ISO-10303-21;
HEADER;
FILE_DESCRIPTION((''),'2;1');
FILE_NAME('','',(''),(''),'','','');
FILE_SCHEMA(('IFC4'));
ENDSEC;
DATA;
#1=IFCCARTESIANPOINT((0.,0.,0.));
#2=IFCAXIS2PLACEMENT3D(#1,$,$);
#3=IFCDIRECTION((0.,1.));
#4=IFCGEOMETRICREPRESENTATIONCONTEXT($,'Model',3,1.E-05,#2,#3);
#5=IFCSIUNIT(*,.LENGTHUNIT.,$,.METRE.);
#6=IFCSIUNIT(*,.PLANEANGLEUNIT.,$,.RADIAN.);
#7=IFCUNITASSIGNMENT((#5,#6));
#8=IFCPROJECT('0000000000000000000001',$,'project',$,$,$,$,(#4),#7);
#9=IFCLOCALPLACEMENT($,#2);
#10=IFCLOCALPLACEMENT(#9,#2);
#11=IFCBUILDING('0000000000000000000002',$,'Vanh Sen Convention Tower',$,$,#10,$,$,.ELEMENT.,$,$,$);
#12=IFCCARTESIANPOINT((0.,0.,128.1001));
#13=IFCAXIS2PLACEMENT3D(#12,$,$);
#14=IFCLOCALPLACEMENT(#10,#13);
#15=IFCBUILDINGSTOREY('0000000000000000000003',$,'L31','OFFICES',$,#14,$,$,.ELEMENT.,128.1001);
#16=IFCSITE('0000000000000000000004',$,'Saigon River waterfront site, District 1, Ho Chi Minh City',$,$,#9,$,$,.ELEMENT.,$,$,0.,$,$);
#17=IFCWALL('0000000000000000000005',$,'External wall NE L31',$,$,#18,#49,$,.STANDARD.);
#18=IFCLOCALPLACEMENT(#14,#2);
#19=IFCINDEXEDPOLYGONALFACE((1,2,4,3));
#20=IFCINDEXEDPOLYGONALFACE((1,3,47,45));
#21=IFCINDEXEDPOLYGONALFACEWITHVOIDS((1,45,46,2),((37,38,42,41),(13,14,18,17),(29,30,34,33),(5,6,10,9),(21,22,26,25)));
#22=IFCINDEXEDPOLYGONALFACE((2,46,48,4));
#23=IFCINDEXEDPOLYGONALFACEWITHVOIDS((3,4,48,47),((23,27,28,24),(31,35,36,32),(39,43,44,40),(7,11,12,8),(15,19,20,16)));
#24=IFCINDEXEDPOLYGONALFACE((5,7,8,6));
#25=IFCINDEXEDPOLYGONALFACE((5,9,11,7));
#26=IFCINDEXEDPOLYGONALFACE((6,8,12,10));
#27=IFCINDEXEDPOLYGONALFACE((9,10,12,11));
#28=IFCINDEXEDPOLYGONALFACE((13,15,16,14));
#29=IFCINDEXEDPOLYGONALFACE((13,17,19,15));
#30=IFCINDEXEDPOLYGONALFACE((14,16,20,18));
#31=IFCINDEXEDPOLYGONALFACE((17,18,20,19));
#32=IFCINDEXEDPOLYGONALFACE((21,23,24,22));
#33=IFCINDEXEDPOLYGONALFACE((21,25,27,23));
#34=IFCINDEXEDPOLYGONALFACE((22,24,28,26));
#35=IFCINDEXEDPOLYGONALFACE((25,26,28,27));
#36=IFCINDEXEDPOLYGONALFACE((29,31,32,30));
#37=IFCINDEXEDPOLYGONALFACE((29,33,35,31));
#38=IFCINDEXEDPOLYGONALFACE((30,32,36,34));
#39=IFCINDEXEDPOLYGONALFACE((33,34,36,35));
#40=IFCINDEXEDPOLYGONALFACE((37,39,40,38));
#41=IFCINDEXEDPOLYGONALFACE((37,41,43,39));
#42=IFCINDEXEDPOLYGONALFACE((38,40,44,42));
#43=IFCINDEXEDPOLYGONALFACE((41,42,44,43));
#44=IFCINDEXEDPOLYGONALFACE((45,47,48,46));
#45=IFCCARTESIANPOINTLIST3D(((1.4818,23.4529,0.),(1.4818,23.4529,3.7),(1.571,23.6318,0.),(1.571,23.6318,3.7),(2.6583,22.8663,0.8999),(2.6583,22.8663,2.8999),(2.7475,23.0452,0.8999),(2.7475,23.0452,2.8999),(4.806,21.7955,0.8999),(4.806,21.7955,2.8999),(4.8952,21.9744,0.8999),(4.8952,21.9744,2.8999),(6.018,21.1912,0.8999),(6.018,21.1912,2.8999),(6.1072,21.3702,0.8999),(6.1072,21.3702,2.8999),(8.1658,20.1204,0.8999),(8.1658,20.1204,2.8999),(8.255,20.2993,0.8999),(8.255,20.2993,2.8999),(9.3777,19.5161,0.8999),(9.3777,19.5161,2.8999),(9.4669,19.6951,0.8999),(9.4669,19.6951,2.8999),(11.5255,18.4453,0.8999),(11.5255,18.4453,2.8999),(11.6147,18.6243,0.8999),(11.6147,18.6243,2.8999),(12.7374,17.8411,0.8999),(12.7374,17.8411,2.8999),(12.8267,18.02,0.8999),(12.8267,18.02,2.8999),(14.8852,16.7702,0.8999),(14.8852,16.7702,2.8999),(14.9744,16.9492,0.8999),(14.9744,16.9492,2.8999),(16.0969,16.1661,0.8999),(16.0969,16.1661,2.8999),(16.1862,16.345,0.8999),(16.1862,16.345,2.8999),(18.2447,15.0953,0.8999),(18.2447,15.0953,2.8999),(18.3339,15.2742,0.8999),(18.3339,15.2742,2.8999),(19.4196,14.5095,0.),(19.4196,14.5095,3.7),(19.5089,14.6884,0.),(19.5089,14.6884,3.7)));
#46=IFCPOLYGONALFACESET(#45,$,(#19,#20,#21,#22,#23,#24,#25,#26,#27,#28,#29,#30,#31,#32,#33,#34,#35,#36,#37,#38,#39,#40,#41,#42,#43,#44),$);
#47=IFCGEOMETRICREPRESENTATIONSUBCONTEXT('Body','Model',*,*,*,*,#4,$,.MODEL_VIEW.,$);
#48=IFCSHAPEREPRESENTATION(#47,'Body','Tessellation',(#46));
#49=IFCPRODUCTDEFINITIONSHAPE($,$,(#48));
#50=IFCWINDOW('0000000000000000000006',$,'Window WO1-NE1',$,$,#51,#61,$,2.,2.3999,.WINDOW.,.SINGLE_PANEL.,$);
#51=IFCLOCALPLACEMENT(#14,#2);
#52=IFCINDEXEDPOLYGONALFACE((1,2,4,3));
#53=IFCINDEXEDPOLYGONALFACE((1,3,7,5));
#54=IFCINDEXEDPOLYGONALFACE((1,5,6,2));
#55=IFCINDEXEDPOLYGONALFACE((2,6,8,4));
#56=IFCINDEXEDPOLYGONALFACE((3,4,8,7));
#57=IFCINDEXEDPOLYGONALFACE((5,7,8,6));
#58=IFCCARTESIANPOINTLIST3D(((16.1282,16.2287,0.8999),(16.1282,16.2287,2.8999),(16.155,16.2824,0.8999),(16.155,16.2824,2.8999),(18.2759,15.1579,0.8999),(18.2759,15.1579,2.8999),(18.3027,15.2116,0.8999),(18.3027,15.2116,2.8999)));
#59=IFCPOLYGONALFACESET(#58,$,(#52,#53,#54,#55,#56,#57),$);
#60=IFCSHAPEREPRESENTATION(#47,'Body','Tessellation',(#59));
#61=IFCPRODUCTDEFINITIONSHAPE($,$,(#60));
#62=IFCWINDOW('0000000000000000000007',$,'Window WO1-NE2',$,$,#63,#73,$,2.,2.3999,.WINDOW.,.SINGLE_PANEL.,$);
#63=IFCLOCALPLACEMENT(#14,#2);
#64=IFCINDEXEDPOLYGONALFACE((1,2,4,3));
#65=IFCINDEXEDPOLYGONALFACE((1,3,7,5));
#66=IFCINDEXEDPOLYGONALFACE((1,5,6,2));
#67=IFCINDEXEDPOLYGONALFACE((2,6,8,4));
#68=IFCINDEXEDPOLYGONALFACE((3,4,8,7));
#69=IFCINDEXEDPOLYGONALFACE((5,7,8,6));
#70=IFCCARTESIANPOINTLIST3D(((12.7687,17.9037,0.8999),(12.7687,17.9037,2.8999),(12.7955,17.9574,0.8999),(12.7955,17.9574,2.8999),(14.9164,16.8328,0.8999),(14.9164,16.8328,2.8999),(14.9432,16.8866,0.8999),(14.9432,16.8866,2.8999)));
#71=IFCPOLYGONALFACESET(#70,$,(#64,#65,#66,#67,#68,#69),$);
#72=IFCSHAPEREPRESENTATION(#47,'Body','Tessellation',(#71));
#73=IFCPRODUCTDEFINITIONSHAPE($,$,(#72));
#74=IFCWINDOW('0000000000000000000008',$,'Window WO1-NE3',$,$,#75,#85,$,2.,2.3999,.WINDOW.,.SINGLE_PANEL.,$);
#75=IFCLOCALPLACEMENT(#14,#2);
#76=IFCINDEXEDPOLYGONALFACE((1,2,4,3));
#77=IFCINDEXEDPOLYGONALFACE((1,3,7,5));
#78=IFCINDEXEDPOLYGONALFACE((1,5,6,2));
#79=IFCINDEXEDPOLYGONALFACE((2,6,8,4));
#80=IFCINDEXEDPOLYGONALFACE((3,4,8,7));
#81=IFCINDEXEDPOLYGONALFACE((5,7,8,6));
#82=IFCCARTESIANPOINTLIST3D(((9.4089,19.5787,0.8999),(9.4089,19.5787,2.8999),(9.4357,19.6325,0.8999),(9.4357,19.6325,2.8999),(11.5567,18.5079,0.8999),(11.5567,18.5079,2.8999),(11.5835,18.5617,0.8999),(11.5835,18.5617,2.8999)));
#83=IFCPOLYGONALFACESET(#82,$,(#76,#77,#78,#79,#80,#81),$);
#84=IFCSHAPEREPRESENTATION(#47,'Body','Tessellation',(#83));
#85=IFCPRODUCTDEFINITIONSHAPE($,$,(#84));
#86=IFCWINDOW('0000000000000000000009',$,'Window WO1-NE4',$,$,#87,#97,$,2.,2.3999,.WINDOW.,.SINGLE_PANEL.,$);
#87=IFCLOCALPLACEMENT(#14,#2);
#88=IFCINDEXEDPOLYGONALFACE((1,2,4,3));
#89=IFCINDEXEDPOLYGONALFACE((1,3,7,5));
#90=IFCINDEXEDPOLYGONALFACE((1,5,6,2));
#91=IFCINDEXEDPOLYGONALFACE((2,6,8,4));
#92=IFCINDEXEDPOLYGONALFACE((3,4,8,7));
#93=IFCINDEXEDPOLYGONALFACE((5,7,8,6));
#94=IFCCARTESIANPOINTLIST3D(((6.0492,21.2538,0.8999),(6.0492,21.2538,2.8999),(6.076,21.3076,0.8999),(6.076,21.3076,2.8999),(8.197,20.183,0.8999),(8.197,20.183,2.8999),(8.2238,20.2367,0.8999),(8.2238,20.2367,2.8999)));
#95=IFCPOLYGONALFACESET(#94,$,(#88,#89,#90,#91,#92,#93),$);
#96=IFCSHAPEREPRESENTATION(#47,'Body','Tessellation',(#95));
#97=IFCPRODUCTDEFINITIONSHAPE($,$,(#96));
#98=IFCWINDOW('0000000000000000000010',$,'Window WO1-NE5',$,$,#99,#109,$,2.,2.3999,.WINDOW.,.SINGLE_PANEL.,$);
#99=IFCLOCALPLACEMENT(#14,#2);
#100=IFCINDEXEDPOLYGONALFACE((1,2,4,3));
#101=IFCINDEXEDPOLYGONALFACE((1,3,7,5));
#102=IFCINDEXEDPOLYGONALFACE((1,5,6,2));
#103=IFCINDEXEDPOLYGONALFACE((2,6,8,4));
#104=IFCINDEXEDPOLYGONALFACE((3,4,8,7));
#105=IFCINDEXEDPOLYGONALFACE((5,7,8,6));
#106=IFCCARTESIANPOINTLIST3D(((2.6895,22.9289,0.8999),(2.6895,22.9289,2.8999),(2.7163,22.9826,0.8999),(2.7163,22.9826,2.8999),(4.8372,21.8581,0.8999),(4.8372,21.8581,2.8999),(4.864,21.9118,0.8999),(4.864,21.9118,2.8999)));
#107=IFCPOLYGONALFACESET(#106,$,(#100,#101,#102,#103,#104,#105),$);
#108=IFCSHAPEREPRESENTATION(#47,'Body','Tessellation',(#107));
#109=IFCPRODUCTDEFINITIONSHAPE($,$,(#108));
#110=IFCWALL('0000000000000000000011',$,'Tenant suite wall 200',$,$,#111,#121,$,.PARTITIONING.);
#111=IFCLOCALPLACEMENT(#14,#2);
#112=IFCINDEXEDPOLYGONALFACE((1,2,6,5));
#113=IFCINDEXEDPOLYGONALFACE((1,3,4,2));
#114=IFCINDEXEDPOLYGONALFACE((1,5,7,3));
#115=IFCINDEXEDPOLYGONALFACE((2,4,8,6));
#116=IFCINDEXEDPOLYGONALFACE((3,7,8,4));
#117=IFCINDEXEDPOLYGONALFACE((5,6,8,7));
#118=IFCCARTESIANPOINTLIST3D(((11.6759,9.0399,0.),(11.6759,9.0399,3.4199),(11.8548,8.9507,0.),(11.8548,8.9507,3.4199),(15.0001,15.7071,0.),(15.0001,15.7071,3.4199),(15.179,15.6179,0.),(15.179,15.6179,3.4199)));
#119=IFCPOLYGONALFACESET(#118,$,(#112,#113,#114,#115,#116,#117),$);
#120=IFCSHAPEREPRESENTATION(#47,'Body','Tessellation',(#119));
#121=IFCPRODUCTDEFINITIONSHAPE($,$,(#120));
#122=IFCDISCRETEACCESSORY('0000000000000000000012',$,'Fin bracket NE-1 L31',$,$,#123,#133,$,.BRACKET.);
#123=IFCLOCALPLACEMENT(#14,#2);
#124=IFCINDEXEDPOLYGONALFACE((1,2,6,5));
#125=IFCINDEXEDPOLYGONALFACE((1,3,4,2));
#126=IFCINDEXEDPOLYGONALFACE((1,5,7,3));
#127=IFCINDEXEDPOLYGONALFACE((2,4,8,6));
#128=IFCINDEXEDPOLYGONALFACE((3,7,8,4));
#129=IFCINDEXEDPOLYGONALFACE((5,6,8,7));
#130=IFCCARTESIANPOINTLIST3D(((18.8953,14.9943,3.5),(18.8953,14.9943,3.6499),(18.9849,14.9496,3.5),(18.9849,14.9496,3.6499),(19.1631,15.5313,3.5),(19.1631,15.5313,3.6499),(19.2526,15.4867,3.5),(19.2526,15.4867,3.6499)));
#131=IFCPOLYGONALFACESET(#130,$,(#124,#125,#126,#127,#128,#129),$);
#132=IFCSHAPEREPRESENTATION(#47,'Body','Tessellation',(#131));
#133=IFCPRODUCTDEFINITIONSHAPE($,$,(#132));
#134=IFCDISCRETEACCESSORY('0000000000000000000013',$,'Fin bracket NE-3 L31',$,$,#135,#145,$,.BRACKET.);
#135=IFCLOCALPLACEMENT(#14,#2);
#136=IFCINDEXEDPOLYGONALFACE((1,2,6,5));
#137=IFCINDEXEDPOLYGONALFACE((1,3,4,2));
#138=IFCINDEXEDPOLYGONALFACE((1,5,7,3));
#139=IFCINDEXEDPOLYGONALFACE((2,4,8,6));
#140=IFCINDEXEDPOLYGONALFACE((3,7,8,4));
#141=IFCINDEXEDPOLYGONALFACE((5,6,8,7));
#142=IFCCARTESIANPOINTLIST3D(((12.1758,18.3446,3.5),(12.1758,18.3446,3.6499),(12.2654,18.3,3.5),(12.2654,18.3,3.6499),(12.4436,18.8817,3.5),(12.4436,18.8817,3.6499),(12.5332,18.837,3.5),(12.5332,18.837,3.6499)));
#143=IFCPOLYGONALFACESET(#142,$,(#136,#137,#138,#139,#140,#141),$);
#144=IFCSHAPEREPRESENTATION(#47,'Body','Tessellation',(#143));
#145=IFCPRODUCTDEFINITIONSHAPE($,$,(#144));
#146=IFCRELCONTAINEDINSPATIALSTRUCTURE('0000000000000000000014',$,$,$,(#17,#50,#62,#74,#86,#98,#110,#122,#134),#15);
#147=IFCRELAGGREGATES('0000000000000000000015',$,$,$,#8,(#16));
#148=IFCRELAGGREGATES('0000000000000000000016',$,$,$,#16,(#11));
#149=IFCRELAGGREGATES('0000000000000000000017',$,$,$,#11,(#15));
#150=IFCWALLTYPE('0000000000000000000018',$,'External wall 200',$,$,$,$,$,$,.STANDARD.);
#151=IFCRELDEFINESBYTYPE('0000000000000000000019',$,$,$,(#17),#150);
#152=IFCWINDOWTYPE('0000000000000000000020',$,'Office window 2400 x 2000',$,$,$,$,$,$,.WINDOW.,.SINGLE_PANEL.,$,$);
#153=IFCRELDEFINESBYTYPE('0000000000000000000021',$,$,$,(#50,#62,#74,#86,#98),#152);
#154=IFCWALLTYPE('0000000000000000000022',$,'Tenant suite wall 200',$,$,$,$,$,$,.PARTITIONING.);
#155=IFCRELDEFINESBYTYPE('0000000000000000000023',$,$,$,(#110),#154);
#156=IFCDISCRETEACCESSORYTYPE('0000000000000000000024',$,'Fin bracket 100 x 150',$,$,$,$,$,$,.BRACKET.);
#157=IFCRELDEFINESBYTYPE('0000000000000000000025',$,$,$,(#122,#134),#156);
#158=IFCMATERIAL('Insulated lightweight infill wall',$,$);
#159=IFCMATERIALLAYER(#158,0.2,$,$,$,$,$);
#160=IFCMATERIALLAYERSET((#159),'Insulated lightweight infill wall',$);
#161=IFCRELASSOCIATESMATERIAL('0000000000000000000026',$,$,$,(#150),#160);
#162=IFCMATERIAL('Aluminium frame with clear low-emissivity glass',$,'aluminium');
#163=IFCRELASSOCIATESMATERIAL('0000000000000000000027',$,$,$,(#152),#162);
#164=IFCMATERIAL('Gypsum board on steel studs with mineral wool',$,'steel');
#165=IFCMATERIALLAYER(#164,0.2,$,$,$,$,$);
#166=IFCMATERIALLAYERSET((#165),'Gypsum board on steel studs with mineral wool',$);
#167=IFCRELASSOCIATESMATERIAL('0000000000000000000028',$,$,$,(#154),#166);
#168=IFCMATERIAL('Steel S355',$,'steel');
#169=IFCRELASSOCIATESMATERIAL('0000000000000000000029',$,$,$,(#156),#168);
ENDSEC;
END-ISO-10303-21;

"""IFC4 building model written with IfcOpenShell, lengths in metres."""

from ifc_helpers import new_model, si_unit, direction, frame, frame_2d, origin, origin_2d, place, context, subcontext, project, spatial, rectangle, extrude, material, layer, layer_set, type_object, element, fill, save


model = new_model("IFC4")

# Units and contexts
model_context = context("Model", 3, precision=1e-05, world=origin(), true_north=direction((0.0, 1.0)))
body_context = subcontext(model_context, "Body", "Model", "MODEL_VIEW")
ifc_project = project(units=[si_unit("LENGTHUNIT", "METRE"), si_unit("PLANEANGLEUNIT", "RADIAN")], contexts=[model_context])

# Site, building, storey
site_placement = place(None, origin())
site = spatial("IfcSite", under=ifc_project, at=site_placement, Name="Saigon River waterfront site, District 1, Ho Chi Minh City", CompositionType="ELEMENT", RefElevation=0.0)
building_placement = place(site_placement, origin())
building = spatial("IfcBuilding", under=site, at=building_placement, Name="Vanh Sen Convention Tower", CompositionType="ELEMENT")
storey_placement = place(building_placement, frame((0.0, 0.0, 128.1001)))
storey = spatial("IfcBuildingStorey", under=building, at=storey_placement, Name="L31", Description="OFFICES", CompositionType="ELEMENT", Elevation=128.1001)

# Shared definitions
ifc_material_1 = material(Name="Insulated lightweight infill wall")
ifc_layer_1 = layer(ifc_material_1, 0.2)
ifc_layer_set_1 = layer_set([ifc_layer_1], Name="Insulated lightweight infill wall")
wall_type_1 = type_object("IfcWallType", Name="External wall 200", PredefinedType="STANDARD", material=ifc_layer_set_1)
ifc_material_2 = material(Name="Aluminium frame with clear low-emissivity glass", Category="aluminium")

# Wall, openings, windows
wall_1_placement = place(storey_placement, frame((19.4644, 14.5989, 0.0), z_axis=(0.0, 0.0, 1.0), x_axis=(-0.894936, 0.446195, 0.0)))
wall_1 = element("IfcWall", 1, at=wall_1_placement, inside=storey, type_object=wall_type_1, Name="External wall NE L31", PredefinedType="STANDARD", context=body_context, shape_type="SweptSolid", body=[
    extrude(rectangle(XDim=20.0437, YDim=0.2, at=frame_2d((10.022, 0.0))), origin(), (0.0, 0.0, 1.0), 3.7),
])
opening_1_placement = place(wall_1_placement, frame((1.313, 0.0, 0.8999)))
opening_1 = element("IfcOpeningElement", 2, at=opening_1_placement, cuts=wall_1, PredefinedType="OPENING", context=body_context, shape_type="SweptSolid", body=[
    extrude(rectangle(XDim=2.3999, YDim=2.0, at=frame_2d((1.2, 1.0))), frame((0.0, 0.1099, 0.0), z_axis=(0.0, -1.0, 0.0), x_axis=(1.0, 0.0, 0.0)), (0.0, 0.0, 1.0), 0.22),
])
opening_2_placement = place(wall_1_placement, frame((5.0669, 0.0, 0.8999)))
opening_2 = element("IfcOpeningElement", 3, at=opening_2_placement, cuts=wall_1, PredefinedType="OPENING", context=body_context, shape_type="SweptSolid", body=[
    extrude(rectangle(XDim=2.3999, YDim=2.0, at=frame_2d((1.2, 1.0))), frame((0.0, 0.1099, 0.0), z_axis=(0.0, -1.0, 0.0), x_axis=(1.0, 0.0, 0.0)), (0.0, 0.0, 1.0), 0.22),
])
opening_3_placement = place(wall_1_placement, frame((8.821, 0.0, 0.8999)))
opening_3 = element("IfcOpeningElement", 4, at=opening_3_placement, cuts=wall_1, PredefinedType="OPENING", context=body_context, shape_type="SweptSolid", body=[
    extrude(rectangle(XDim=2.3999, YDim=2.0, at=frame_2d((1.2, 1.0))), frame((0.0, 0.1099, 0.0), z_axis=(0.0, -1.0, 0.0), x_axis=(1.0, 0.0, 0.0)), (0.0, 0.0, 1.0), 0.22),
])
opening_4_placement = place(wall_1_placement, frame((12.5752, 0.0, 0.8999)))
opening_4 = element("IfcOpeningElement", 5, at=opening_4_placement, cuts=wall_1, PredefinedType="OPENING", context=body_context, shape_type="SweptSolid", body=[
    extrude(rectangle(XDim=2.3999, YDim=2.0, at=frame_2d((1.2, 1.0))), frame((0.0, 0.1099, 0.0), z_axis=(0.0, -1.0, 0.0), x_axis=(1.0, 0.0, 0.0)), (0.0, 0.0, 1.0), 0.22),
])
opening_5_placement = place(wall_1_placement, frame((16.3293, 0.0, 0.8999)))
opening_5 = element("IfcOpeningElement", 6, at=opening_5_placement, cuts=wall_1, PredefinedType="OPENING", context=body_context, shape_type="SweptSolid", body=[
    extrude(rectangle(XDim=2.3999, YDim=2.0, at=frame_2d((1.2, 1.0))), frame((0.0, 0.1099, 0.0), z_axis=(0.0, -1.0, 0.0), x_axis=(1.0, 0.0, 0.0)), (0.0, 0.0, 1.0), 0.22),
])
window_type_1 = type_object("IfcWindowType", Name="Office window 2400 x 2000", PartitioningType="SINGLE_PANEL", PredefinedType="WINDOW", material=ifc_material_2)
window_1_placement = place(opening_1_placement, origin())
window_1 = element("IfcWindow", 7, at=window_1_placement, inside=storey, type_object=window_type_1, Name="Window WO1-NE1", OverallHeight=2.0, OverallWidth=2.3999, PartitioningType="SINGLE_PANEL", PredefinedType="WINDOW", context=body_context, shape_type="SweptSolid", body=[
    extrude(rectangle(XDim=2.3999, YDim=2.0, at=frame_2d((1.2, 1.0))), frame((0.0, 0.03, 0.0), z_axis=(0.0, -1.0, 0.0), x_axis=(1.0, 0.0, 0.0)), (0.0, 0.0, 1.0), 0.0601),
])
fill(opening_1, window_1)
window_2_placement = place(opening_2_placement, origin())
window_2 = element("IfcWindow", 8, at=window_2_placement, inside=storey, type_object=window_type_1, Name="Window WO1-NE2", OverallHeight=2.0, OverallWidth=2.3999, PartitioningType="SINGLE_PANEL", PredefinedType="WINDOW", context=body_context, shape_type="SweptSolid", body=[
    extrude(rectangle(XDim=2.3999, YDim=2.0, at=frame_2d((1.2, 1.0))), frame((0.0, 0.03, 0.0), z_axis=(0.0, -1.0, 0.0), x_axis=(1.0, 0.0, 0.0)), (0.0, 0.0, 1.0), 0.0601),
])
fill(opening_2, window_2)
window_3_placement = place(opening_3_placement, origin())
window_3 = element("IfcWindow", 9, at=window_3_placement, inside=storey, type_object=window_type_1, Name="Window WO1-NE3", OverallHeight=2.0, OverallWidth=2.3999, PartitioningType="SINGLE_PANEL", PredefinedType="WINDOW", context=body_context, shape_type="SweptSolid", body=[
    extrude(rectangle(XDim=2.3999, YDim=2.0, at=frame_2d((1.2, 1.0))), frame((0.0, 0.03, 0.0), z_axis=(0.0, -1.0, 0.0), x_axis=(1.0, 0.0, 0.0)), (0.0, 0.0, 1.0), 0.0601),
])
fill(opening_3, window_3)
window_4_placement = place(opening_4_placement, origin())
window_4 = element("IfcWindow", 10, at=window_4_placement, inside=storey, type_object=window_type_1, Name="Window WO1-NE4", OverallHeight=2.0, OverallWidth=2.3999, PartitioningType="SINGLE_PANEL", PredefinedType="WINDOW", context=body_context, shape_type="SweptSolid", body=[
    extrude(rectangle(XDim=2.3999, YDim=2.0, at=frame_2d((1.2, 1.0))), frame((0.0, 0.03, 0.0), z_axis=(0.0, -1.0, 0.0), x_axis=(1.0, 0.0, 0.0)), (0.0, 0.0, 1.0), 0.0601),
])
fill(opening_4, window_4)
window_5_placement = place(opening_5_placement, origin())
window_5 = element("IfcWindow", 11, at=window_5_placement, inside=storey, type_object=window_type_1, Name="Window WO1-NE5", OverallHeight=2.0, OverallWidth=2.3999, PartitioningType="SINGLE_PANEL", PredefinedType="WINDOW", context=body_context, shape_type="SweptSolid", body=[
    extrude(rectangle(XDim=2.3999, YDim=2.0, at=frame_2d((1.2, 1.0))), frame((0.0, 0.03, 0.0), z_axis=(0.0, -1.0, 0.0), x_axis=(1.0, 0.0, 0.0)), (0.0, 0.0, 1.0), 0.0601),
])
fill(opening_5, window_5)

# Wall
ifc_material_3 = material(Name="Gypsum board on steel studs with mineral wool", Category="steel")
ifc_layer_2 = layer(ifc_material_3, 0.2)
ifc_layer_set_2 = layer_set([ifc_layer_2], Name="Gypsum board on steel studs with mineral wool")
wall_type_2 = type_object("IfcWallType", Name="Tenant suite wall 200", PredefinedType="PARTITIONING", material=ifc_layer_set_2)
wall_2_placement = place(storey_placement, frame((15.0896, 15.6626, 0.0), z_axis=(0.0, 0.0, 1.0), x_axis=(-0.446204, -0.894931, 0.0)))
element("IfcWall", 12, at=wall_2_placement, inside=storey, type_object=wall_type_2, Name="Tenant suite wall 200", PredefinedType="PARTITIONING", context=body_context, shape_type="SweptSolid", body=[
    extrude(rectangle(XDim=7.45, YDim=0.2, at=frame_2d((3.7251, 0.0))), origin(), (0.0, 0.0, 1.0), 3.4199),
])

# Discrete accessories
ifc_material_4 = material(Name="Steel S355", Category="steel")
discrete_accessory_type = type_object("IfcDiscreteAccessoryType", Name="Fin bracket 100 x 150", PredefinedType="BRACKET", material=ifc_material_4)
for number, where, z_axis, x_axis, name in (
    (13, (19.074, 15.2405, 3.5), (0.0, 0.0, 1.0), (0.446198, 0.894934, 0.0), "Fin bracket NE-1 L31"),
    (14, (12.3545, 18.5908, 3.5), (0.0, 0.0, 1.0), (0.446198, 0.894934, 0.0), "Fin bracket NE-3 L31"),
):
    element("IfcDiscreteAccessory", number, at=place(storey_placement, frame(where, z_axis=z_axis, x_axis=x_axis)), inside=storey, type_object=discrete_accessory_type, Name=name, PredefinedType="BRACKET", context=body_context, shape_type="SweptSolid", body=[
        extrude(rectangle(XDim=0.6001, YDim=0.1001, at=origin_2d()), origin(), (0.0, 0.0, 1.0), 0.1499),
    ])

save(model, "model.ifc")
